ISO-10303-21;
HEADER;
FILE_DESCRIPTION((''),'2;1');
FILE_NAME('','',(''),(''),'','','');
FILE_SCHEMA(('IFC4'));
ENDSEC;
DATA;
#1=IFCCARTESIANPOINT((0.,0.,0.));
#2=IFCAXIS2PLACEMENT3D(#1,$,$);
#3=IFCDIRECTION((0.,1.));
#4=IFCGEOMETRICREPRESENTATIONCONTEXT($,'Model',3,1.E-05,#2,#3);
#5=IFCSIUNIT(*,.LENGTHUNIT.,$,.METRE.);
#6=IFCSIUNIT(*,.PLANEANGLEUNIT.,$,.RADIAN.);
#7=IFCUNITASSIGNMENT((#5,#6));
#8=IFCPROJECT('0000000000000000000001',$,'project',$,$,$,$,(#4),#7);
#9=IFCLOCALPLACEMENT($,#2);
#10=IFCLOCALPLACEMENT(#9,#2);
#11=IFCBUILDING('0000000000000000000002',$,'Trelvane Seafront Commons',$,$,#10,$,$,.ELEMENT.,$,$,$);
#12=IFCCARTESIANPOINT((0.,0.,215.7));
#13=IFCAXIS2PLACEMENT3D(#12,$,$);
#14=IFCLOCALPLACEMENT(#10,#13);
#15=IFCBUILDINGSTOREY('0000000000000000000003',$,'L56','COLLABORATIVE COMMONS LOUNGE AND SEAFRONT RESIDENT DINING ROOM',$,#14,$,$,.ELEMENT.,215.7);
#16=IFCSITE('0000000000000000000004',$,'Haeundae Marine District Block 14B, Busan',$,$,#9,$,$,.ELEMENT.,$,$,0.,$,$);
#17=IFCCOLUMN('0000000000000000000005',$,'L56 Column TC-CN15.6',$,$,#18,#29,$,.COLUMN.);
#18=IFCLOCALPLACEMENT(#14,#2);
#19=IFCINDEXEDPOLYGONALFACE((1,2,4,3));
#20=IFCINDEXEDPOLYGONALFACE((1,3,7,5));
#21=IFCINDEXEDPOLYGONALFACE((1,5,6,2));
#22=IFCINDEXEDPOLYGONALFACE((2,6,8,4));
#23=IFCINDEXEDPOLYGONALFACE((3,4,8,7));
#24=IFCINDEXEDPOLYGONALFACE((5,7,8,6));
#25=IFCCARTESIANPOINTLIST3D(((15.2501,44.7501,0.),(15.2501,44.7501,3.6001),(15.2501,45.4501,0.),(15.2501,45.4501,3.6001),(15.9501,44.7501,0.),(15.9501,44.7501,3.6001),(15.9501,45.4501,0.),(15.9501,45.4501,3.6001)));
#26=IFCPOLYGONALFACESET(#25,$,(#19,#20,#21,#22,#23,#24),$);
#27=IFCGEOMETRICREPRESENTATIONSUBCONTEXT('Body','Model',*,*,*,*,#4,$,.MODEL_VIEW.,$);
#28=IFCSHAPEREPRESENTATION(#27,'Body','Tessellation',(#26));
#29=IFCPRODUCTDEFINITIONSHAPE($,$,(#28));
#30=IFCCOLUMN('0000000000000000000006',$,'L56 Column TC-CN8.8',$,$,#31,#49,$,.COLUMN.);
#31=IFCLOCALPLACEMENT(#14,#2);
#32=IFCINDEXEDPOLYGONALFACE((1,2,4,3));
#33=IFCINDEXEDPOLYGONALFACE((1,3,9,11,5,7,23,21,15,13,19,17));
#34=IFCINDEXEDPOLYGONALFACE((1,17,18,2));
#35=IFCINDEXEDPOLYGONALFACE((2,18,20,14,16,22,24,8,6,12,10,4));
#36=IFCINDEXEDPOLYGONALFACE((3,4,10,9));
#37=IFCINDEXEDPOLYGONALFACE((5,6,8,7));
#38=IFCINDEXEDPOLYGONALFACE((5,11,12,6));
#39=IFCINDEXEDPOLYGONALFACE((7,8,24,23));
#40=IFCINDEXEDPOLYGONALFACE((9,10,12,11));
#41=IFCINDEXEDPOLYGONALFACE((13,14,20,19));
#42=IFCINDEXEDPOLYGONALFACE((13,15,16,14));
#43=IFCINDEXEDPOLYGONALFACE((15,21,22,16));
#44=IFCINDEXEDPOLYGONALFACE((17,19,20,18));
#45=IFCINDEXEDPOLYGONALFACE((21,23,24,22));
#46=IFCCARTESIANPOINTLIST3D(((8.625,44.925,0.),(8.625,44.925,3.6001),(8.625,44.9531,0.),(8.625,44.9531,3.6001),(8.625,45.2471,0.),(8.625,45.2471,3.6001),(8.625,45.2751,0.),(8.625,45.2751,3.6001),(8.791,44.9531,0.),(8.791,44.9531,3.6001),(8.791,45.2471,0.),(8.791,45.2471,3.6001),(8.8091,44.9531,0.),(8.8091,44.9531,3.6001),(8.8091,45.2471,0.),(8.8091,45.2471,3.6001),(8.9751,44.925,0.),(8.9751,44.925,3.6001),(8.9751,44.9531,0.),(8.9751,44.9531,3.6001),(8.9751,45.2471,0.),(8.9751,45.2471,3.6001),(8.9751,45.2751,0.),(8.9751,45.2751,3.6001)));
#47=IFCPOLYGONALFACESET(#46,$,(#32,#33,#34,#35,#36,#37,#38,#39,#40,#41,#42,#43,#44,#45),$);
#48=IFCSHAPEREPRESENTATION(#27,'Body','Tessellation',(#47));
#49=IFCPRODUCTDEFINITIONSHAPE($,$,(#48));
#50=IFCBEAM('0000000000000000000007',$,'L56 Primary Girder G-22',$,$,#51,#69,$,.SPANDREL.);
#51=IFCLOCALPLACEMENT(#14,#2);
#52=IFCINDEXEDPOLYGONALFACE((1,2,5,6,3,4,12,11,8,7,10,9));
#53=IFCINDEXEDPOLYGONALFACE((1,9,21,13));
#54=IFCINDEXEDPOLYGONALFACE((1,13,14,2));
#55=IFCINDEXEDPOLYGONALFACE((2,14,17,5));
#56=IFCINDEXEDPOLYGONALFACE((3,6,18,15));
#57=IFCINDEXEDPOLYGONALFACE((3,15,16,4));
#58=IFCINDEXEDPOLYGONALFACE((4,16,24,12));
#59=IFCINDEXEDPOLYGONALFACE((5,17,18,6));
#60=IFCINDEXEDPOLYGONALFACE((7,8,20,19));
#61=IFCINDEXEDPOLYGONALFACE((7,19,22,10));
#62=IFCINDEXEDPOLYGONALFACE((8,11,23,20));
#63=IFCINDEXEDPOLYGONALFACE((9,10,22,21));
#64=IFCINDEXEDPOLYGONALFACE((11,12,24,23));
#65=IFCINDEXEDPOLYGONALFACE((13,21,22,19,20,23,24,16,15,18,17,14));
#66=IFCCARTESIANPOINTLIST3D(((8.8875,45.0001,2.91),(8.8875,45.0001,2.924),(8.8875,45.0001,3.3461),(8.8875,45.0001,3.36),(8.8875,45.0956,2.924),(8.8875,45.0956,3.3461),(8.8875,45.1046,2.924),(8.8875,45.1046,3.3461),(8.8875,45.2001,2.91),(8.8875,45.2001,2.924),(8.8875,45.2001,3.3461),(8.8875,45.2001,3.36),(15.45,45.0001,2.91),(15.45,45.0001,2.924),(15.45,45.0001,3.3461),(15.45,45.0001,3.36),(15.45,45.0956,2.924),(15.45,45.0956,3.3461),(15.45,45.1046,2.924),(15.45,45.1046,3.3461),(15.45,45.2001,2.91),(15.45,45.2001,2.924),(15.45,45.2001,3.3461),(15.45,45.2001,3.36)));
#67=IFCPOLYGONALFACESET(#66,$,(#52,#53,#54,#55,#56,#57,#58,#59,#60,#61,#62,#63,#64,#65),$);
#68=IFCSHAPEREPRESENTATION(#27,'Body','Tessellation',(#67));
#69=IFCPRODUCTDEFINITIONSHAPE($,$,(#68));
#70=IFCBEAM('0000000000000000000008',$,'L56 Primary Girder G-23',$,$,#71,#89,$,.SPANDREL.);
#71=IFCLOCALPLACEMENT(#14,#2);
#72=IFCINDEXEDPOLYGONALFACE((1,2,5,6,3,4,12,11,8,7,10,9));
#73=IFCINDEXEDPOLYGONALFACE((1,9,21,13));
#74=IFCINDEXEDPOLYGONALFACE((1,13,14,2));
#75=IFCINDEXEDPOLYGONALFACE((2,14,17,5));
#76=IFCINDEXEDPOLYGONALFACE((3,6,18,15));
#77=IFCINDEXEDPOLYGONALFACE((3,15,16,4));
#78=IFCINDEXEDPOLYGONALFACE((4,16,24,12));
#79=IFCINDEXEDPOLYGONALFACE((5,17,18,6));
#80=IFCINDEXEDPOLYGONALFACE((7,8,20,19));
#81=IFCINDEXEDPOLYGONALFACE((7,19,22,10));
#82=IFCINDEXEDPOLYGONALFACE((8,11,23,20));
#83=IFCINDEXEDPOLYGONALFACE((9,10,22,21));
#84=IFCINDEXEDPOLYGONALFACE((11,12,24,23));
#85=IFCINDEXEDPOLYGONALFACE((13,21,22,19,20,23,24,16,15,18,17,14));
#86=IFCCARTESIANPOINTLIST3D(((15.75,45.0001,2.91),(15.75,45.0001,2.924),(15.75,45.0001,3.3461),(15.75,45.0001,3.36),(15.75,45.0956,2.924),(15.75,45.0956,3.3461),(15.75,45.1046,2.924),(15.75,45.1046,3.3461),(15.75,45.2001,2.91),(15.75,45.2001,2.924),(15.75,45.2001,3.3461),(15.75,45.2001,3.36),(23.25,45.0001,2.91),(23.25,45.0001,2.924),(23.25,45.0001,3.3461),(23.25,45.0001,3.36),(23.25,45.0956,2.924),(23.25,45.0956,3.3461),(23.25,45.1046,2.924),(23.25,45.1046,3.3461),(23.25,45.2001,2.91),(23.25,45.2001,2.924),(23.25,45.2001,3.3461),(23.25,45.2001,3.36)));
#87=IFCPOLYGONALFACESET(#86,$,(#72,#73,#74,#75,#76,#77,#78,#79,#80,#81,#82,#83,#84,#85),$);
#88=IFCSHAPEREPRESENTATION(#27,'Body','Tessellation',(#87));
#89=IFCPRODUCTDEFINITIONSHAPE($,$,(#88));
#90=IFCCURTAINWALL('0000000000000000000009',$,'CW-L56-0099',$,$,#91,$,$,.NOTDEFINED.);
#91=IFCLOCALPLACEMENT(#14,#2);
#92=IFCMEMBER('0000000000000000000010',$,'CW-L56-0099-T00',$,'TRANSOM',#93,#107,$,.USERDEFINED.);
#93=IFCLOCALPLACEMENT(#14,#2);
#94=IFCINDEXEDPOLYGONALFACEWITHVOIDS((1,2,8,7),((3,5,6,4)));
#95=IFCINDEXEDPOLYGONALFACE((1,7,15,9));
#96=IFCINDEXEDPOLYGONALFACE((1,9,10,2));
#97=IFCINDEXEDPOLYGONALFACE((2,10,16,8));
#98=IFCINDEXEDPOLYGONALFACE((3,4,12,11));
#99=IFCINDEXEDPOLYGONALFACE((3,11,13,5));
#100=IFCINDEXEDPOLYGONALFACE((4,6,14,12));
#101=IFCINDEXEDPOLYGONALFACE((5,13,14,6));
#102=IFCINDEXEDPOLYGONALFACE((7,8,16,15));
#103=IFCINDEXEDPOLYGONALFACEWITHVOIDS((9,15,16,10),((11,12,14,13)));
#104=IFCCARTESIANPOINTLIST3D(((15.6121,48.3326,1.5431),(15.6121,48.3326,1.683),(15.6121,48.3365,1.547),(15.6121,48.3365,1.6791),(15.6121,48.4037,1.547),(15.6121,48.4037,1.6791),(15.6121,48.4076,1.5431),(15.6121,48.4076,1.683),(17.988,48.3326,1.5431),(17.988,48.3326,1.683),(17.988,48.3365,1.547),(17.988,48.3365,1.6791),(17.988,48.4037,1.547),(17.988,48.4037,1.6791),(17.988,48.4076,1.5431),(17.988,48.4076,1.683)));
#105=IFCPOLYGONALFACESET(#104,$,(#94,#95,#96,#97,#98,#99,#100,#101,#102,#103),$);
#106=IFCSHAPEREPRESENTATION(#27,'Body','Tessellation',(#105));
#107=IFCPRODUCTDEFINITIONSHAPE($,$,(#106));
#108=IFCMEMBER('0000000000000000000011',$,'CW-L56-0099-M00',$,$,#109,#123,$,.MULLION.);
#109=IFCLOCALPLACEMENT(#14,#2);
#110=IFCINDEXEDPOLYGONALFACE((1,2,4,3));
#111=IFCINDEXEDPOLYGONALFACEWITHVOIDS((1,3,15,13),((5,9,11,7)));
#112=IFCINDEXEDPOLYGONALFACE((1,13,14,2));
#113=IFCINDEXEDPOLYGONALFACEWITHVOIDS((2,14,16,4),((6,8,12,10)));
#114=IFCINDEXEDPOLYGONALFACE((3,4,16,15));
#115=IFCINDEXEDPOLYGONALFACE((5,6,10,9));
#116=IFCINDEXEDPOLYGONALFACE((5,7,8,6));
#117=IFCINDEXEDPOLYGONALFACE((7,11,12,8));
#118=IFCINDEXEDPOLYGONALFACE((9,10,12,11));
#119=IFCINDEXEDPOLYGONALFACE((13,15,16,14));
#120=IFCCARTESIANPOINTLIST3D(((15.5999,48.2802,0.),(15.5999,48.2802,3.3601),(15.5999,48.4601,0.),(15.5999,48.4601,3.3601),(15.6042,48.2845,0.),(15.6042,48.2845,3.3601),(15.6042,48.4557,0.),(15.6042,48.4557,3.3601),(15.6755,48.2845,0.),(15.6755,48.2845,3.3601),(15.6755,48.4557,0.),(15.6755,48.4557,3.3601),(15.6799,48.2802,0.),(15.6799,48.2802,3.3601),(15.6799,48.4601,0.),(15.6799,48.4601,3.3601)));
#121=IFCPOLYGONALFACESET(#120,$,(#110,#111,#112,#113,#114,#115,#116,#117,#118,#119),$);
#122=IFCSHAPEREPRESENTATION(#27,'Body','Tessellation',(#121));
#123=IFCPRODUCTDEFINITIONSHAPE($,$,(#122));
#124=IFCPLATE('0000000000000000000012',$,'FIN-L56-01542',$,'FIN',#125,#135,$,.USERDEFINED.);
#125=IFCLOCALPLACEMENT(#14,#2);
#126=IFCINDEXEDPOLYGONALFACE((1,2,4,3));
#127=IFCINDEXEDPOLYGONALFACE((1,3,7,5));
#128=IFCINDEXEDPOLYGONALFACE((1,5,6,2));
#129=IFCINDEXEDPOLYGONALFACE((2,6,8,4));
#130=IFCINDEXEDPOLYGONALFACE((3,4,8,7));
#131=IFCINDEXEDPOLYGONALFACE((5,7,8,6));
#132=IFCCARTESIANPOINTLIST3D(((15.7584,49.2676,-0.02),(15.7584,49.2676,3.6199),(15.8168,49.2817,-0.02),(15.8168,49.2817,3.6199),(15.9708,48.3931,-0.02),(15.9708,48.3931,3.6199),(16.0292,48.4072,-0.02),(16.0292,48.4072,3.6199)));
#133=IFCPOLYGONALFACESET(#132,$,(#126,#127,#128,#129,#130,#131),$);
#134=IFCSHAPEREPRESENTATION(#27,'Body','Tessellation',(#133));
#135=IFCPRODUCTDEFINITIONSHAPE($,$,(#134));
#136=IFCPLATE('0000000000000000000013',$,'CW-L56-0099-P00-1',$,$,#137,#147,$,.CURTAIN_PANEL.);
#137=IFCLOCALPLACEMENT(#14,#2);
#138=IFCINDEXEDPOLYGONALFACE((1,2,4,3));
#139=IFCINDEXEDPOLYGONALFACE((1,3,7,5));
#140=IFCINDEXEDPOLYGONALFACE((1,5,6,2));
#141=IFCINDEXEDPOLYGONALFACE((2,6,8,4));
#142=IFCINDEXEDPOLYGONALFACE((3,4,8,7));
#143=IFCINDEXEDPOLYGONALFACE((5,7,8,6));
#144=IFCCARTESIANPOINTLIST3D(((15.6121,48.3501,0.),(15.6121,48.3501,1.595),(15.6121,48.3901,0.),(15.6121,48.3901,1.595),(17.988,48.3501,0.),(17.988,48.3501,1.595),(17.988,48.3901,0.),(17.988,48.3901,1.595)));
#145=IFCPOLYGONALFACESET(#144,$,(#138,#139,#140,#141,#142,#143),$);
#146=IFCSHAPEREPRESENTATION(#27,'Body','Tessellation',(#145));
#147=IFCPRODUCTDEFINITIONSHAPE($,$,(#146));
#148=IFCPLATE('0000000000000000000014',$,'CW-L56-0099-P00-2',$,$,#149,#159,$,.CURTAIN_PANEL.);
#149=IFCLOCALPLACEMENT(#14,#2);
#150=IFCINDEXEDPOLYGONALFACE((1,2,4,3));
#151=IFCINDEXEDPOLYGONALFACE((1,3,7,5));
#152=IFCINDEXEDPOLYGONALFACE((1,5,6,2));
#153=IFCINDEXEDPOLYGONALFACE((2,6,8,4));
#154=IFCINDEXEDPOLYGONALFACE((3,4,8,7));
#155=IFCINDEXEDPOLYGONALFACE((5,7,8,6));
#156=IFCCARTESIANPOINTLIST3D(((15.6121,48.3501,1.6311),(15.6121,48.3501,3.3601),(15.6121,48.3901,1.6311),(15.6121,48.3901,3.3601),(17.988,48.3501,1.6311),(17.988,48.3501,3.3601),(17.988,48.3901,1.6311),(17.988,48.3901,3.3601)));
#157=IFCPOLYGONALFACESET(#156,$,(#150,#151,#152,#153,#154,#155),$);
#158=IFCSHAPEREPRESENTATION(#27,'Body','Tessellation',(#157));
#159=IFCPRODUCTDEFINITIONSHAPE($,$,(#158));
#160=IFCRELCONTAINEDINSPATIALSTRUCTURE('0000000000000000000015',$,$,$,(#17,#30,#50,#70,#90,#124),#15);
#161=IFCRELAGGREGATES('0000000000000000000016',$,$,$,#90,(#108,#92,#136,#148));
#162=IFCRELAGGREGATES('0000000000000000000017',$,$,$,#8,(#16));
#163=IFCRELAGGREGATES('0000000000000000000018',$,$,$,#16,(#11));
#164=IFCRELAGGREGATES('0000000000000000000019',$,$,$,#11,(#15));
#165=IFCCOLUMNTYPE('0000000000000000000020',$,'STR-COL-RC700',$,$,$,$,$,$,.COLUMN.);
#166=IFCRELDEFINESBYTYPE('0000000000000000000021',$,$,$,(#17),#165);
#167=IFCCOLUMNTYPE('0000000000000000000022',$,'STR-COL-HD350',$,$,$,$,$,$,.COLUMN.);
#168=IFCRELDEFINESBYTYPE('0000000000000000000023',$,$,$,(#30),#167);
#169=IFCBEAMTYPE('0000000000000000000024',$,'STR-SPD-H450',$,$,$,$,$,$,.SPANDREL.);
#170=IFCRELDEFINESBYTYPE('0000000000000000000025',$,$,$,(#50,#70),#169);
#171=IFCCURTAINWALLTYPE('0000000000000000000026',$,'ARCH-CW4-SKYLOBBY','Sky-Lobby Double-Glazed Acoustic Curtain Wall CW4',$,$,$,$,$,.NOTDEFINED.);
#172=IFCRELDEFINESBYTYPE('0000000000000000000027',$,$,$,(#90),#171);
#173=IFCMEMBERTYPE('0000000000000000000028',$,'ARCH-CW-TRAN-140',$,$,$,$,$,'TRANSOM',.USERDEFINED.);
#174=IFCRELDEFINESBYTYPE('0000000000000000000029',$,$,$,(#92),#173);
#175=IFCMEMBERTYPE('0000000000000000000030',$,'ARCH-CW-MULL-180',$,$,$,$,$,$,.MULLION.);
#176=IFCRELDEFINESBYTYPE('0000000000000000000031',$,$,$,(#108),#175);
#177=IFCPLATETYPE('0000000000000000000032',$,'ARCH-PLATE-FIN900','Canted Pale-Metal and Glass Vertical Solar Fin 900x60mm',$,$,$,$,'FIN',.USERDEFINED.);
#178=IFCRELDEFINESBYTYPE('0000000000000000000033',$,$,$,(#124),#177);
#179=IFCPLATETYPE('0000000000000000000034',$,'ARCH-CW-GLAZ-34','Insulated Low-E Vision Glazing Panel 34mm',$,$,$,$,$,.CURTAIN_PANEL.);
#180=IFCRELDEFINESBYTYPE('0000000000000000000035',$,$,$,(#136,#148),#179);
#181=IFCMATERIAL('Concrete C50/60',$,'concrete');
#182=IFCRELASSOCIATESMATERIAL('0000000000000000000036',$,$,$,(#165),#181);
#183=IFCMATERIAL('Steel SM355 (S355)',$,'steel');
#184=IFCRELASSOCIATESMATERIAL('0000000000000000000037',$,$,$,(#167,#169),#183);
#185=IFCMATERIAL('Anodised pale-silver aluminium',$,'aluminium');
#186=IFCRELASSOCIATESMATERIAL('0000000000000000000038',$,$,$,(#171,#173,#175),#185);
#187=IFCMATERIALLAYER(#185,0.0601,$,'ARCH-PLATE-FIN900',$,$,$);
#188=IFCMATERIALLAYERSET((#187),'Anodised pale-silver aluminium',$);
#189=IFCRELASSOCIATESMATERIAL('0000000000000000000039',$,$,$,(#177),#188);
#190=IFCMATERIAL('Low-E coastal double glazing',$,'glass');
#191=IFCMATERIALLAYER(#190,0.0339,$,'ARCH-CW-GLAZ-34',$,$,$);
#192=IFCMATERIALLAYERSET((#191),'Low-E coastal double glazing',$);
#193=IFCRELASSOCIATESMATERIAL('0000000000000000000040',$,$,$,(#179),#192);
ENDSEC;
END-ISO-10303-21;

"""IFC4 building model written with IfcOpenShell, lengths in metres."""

from ifc_helpers import new_model, si_unit, direction, frame, origin, origin_2d, place, context, subcontext, project, spatial, rectangle, hollow_rectangle, i_section, extrude, source, transform, mapped, material, layer, layer_set, material_profile, profile_set, type_object, element, aggregate, save


model = new_model("IFC4")

# Units and contexts
model_context = context("Model", 3, precision=1e-05, world=origin(), true_north=direction((0.0, 1.0)))
body_context = subcontext(model_context, "Body", "Model", "MODEL_VIEW")
ifc_project = project(units=[si_unit("LENGTHUNIT", "METRE"), si_unit("PLANEANGLEUNIT", "RADIAN")], contexts=[model_context])

# Site, building, storey
site_placement = place(None, origin())
site = spatial("IfcSite", under=ifc_project, at=site_placement, Name="Haeundae Marine District Block 14B, Busan", CompositionType="ELEMENT", RefElevation=0.0)
building_placement = place(site_placement, origin())
building = spatial("IfcBuilding", under=site, at=building_placement, Name="Trelvane Seafront Commons", CompositionType="ELEMENT")
storey_placement = place(building_placement, frame((0.0, 0.0, 215.7)))
storey = spatial("IfcBuildingStorey", under=building, at=storey_placement, Name="L56", Description="COLLABORATIVE COMMONS LOUNGE AND SEAFRONT RESIDENT DINING ROOM", CompositionType="ELEMENT", Elevation=215.7)

# Columns
ifc_material_1 = material(Name="Concrete C50/60", Category="concrete")
ifc_material_profile_1 = material_profile(ifc_material_1, rectangle(XDim=0.7, YDim=0.7, at=origin_2d()), Name="RC-700x700")
ifc_profile_set_1 = profile_set([ifc_material_profile_1], Name="Concrete C50/60")
column_type_1 = type_object("IfcColumnType", Name="STR-COL-RC700", PredefinedType="COLUMN", material=ifc_profile_set_1)
shared_shape_1 = source(origin(), body_context, "Body", "SweptSolid", [
    extrude(rectangle(XDim=0.7, YDim=0.7, at=origin_2d()), origin(), (0.0, 0.0, 1.0), 3.6001),
])
column_1_placement = place(storey_placement, frame((15.6001, 45.1001, 0.0), z_axis=(0.0, 0.0, 1.0), x_axis=(1.0, 0.0, 0.0)))
element("IfcColumn", 1, at=column_1_placement, inside=storey, type_object=column_type_1, Name="L56 Column TC-CN15.6", PredefinedType="COLUMN", context=body_context, shape_type="MappedRepresentation", body=[
    mapped(shared_shape_1, transform((0.0, 0.0, 0.0), x_axis=(1.0, 0.0, 0.0), y_axis=(0.0, 1.0, 0.0), z_axis=(0.0, 0.0, 1.0), scale=1.0)),
])
ifc_material_2 = material(Name="Steel SM355 (S355)", Category="steel")
ifc_material_profile_2 = material_profile(ifc_material_2, i_section(OverallWidth=0.3501, OverallDepth=0.3501, WebThickness=0.0181, FlangeThickness=0.0281, at=origin_2d()), Name="HD-350x350x18x28")
ifc_profile_set_2 = profile_set([ifc_material_profile_2], Name="Steel SM355 (S355)")
column_type_2 = type_object("IfcColumnType", Name="STR-COL-HD350", PredefinedType="COLUMN", material=ifc_profile_set_2)
shared_shape_2 = source(origin(), body_context, "Body", "SweptSolid", [
    extrude(i_section(OverallWidth=0.3501, OverallDepth=0.3501, WebThickness=0.0181, FlangeThickness=0.0281, at=origin_2d()), origin(), (0.0, 0.0, 1.0), 3.6001),
])
column_2_placement = place(storey_placement, frame((8.8, 45.1001, 0.0), z_axis=(0.0, 0.0, 1.0), x_axis=(1.0, 0.0, 0.0)))
element("IfcColumn", 2, at=column_2_placement, inside=storey, type_object=column_type_2, Name="L56 Column TC-CN8.8", PredefinedType="COLUMN", context=body_context, shape_type="MappedRepresentation", body=[
    mapped(shared_shape_2, transform((0.0, 0.0, 0.0), x_axis=(1.0, 0.0, 0.0), y_axis=(0.0, 1.0, 0.0), z_axis=(0.0, 0.0, 1.0), scale=1.0)),
])

# Beams
ifc_material_profile_3 = material_profile(ifc_material_2, i_section(OverallWidth=0.2, OverallDepth=0.45, WebThickness=0.009, FlangeThickness=0.0139, at=origin_2d()), Name="H-450x200x9x14")
ifc_profile_set_3 = profile_set([ifc_material_profile_3], Name="Steel SM355 (S355)")
beam_type = type_object("IfcBeamType", Name="STR-SPD-H450", PredefinedType="SPANDREL", material=ifc_profile_set_3)
shared_shape_3 = source(origin(), body_context, "Body", "SweptSolid", [
    extrude(i_section(OverallWidth=0.2, OverallDepth=0.45, WebThickness=0.009, FlangeThickness=0.0139, at=origin_2d()), origin(), (0.0, 0.0, 1.0), 6.5625),
])
beam_1_placement = place(storey_placement, frame((8.8875, 45.1001, 3.135), z_axis=(1.0, 0.0, 0.0), x_axis=(0.0, 1.0, 0.0)))
element("IfcBeam", 3, at=beam_1_placement, inside=storey, type_object=beam_type, Name="L56 Primary Girder G-22", PredefinedType="SPANDREL", context=body_context, shape_type="MappedRepresentation", body=[
    mapped(shared_shape_3, transform((0.0, 0.0, 0.0), x_axis=(1.0, 0.0, 0.0), y_axis=(0.0, 1.0, 0.0), z_axis=(0.0, 0.0, 1.0), scale=1.0)),
])
shared_shape_4 = source(origin(), body_context, "Body", "SweptSolid", [
    extrude(i_section(OverallWidth=0.2, OverallDepth=0.45, WebThickness=0.009, FlangeThickness=0.0139, at=origin_2d()), origin(), (0.0, 0.0, 1.0), 7.5),
])
beam_2_placement = place(storey_placement, frame((15.75, 45.1001, 3.135), z_axis=(1.0, 0.0, 0.0), x_axis=(0.0, 1.0, 0.0)))
element("IfcBeam", 4, at=beam_2_placement, inside=storey, type_object=beam_type, Name="L56 Primary Girder G-23", PredefinedType="SPANDREL", context=body_context, shape_type="MappedRepresentation", body=[
    mapped(shared_shape_4, transform((0.0, 0.0, 0.0), x_axis=(1.0, 0.0, 0.0), y_axis=(0.0, 1.0, 0.0), z_axis=(0.0, 0.0, 1.0), scale=1.0)),
])

# Curtain wall, members
ifc_material_3 = material(Name="Anodised pale-silver aluminium", Category="aluminium")
curtain_wall_type = type_object("IfcCurtainWallType", Name="ARCH-CW4-SKYLOBBY", Description="Sky-Lobby Double-Glazed Acoustic Curtain Wall CW4", PredefinedType="NOTDEFINED", material=ifc_material_3)
curtain_wall_placement = place(storey_placement, origin())
curtain_wall = element("IfcCurtainWall", 5, at=curtain_wall_placement, inside=storey, type_object=curtain_wall_type, Name="CW-L56-0099", PredefinedType="NOTDEFINED")
ifc_material_profile_4 = material_profile(ifc_material_3, hollow_rectangle(XDim=0.075, YDim=0.1399, WallThickness=0.0039, at=origin_2d()), Name="TRAN-75x140x4")
ifc_profile_set_4 = profile_set([ifc_material_profile_4], Name="Anodised pale-silver aluminium")
member_type_1 = type_object("IfcMemberType", Name="ARCH-CW-TRAN-140", ElementType="TRANSOM", PredefinedType="USERDEFINED", material=ifc_profile_set_4)
shared_shape_5 = source(origin(), body_context, "Body", "SweptSolid", [
    extrude(hollow_rectangle(XDim=0.075, YDim=0.1399, WallThickness=0.0039, at=origin_2d()), origin(), (0.0, 0.0, 1.0), 2.376),
])
member_1_placement = place(storey_placement, frame((15.6121, 48.3701, 1.613), z_axis=(1.0, 0.0, 0.0), x_axis=(0.0, 1.0, 0.0)))
member_1 = element("IfcMember", 6, at=member_1_placement, type_object=member_type_1, Name="CW-L56-0099-T00", ObjectType="TRANSOM", PredefinedType="USERDEFINED", context=body_context, shape_type="MappedRepresentation", body=[
    mapped(shared_shape_5, transform((0.0, 0.0, 0.0), x_axis=(1.0, 0.0, 0.0), y_axis=(0.0, 1.0, 0.0), z_axis=(0.0, 0.0, 1.0), scale=1.0)),
])
ifc_material_profile_5 = material_profile(ifc_material_3, hollow_rectangle(XDim=0.0801, YDim=0.1799, WallThickness=0.0044, at=origin_2d()), Name="MULL-80x180x4.5")
ifc_profile_set_5 = profile_set([ifc_material_profile_5], Name="Anodised pale-silver aluminium")
member_type_2 = type_object("IfcMemberType", Name="ARCH-CW-MULL-180", PredefinedType="MULLION", material=ifc_profile_set_5)
shared_shape_6 = source(origin(), body_context, "Body", "SweptSolid", [
    extrude(hollow_rectangle(XDim=0.0801, YDim=0.1799, WallThickness=0.0044, at=origin_2d()), origin(), (0.0, 0.0, 1.0), 3.3601),
])
member_2_placement = place(storey_placement, frame((15.6399, 48.3701, 0.0), z_axis=(0.0, 0.0, 1.0), x_axis=(1.0, 0.0, 0.0)))
member_2 = element("IfcMember", 7, at=member_2_placement, type_object=member_type_2, Name="CW-L56-0099-M00", PredefinedType="MULLION", context=body_context, shape_type="MappedRepresentation", body=[
    mapped(shared_shape_6, transform((0.0, 0.0, 0.0), x_axis=(1.0, 0.0, 0.0), y_axis=(0.0, 1.0, 0.0), z_axis=(0.0, 0.0, 1.0), scale=1.0)),
])

# Plates
ifc_layer_1 = layer(ifc_material_3, 0.0601, Name="ARCH-PLATE-FIN900")
ifc_layer_set_1 = layer_set([ifc_layer_1], Name="Anodised pale-silver aluminium")
plate_type_1 = type_object("IfcPlateType", Name="ARCH-PLATE-FIN900", Description="Canted Pale-Metal and Glass Vertical Solar Fin 900x60mm", ElementType="FIN", PredefinedType="USERDEFINED", material=ifc_layer_set_1)
shared_shape_7 = source(origin(), body_context, "Body", "SweptSolid", [
    extrude(rectangle(XDim=0.8999, YDim=0.0601, at=origin_2d()), origin(), (0.0, 0.0, 1.0), 3.6399),
])
plate_1_placement = place(storey_placement, frame((15.8938, 48.8374, -0.02), z_axis=(0.0, 0.0, 1.0), x_axis=(-0.235994, 0.971755, 0.0)))
element("IfcPlate", 8, at=plate_1_placement, inside=storey, type_object=plate_type_1, Name="FIN-L56-01542", ObjectType="FIN", PredefinedType="USERDEFINED", context=body_context, shape_type="MappedRepresentation", body=[
    mapped(shared_shape_7, transform((0.0, 0.0, 0.0), x_axis=(1.0, 0.0, 0.0), y_axis=(0.0, 1.0, 0.0), z_axis=(0.0, 0.0, 1.0), scale=1.0)),
])
ifc_material_4 = material(Name="Low-E coastal double glazing", Category="glass")
ifc_layer_2 = layer(ifc_material_4, 0.0339, Name="ARCH-CW-GLAZ-34")
ifc_layer_set_2 = layer_set([ifc_layer_2], Name="Low-E coastal double glazing")
plate_type_2 = type_object("IfcPlateType", Name="ARCH-CW-GLAZ-34", Description="Insulated Low-E Vision Glazing Panel 34mm", PredefinedType="CURTAIN_PANEL", material=ifc_layer_set_2)
shared_shape_8 = source(origin(), body_context, "Body", "SweptSolid", [
    extrude(rectangle(XDim=2.376, YDim=0.04, at=origin_2d()), origin(), (0.0, 0.0, 1.0), 1.595),
])
plate_2_placement = place(storey_placement, frame((16.8, 48.3701, 0.0), z_axis=(0.0, 0.0, 1.0), x_axis=(1.0, 0.0, 0.0)))
plate_2 = element("IfcPlate", 9, at=plate_2_placement, type_object=plate_type_2, Name="CW-L56-0099-P00-1", PredefinedType="CURTAIN_PANEL", context=body_context, shape_type="MappedRepresentation", body=[
    mapped(shared_shape_8, transform((0.0, 0.0, 0.0), x_axis=(1.0, 0.0, 0.0), y_axis=(0.0, 1.0, 0.0), z_axis=(0.0, 0.0, 1.0), scale=1.0)),
])
shared_shape_9 = source(origin(), body_context, "Body", "SweptSolid", [
    extrude(rectangle(XDim=2.376, YDim=0.04, at=origin_2d()), origin(), (0.0, 0.0, 1.0), 1.729),
])
plate_3_placement = place(storey_placement, frame((16.8, 48.3701, 1.6311), z_axis=(0.0, 0.0, 1.0), x_axis=(1.0, 0.0, 0.0)))
plate_3 = element("IfcPlate", 10, at=plate_3_placement, type_object=plate_type_2, Name="CW-L56-0099-P00-2", PredefinedType="CURTAIN_PANEL", context=body_context, shape_type="MappedRepresentation", body=[
    mapped(shared_shape_9, transform((0.0, 0.0, 0.0), x_axis=(1.0, 0.0, 0.0), y_axis=(0.0, 1.0, 0.0), z_axis=(0.0, 0.0, 1.0), scale=1.0)),
])
aggregate(curtain_wall, [member_2, member_1, plate_2, plate_3])

save(model, "model.ifc")
